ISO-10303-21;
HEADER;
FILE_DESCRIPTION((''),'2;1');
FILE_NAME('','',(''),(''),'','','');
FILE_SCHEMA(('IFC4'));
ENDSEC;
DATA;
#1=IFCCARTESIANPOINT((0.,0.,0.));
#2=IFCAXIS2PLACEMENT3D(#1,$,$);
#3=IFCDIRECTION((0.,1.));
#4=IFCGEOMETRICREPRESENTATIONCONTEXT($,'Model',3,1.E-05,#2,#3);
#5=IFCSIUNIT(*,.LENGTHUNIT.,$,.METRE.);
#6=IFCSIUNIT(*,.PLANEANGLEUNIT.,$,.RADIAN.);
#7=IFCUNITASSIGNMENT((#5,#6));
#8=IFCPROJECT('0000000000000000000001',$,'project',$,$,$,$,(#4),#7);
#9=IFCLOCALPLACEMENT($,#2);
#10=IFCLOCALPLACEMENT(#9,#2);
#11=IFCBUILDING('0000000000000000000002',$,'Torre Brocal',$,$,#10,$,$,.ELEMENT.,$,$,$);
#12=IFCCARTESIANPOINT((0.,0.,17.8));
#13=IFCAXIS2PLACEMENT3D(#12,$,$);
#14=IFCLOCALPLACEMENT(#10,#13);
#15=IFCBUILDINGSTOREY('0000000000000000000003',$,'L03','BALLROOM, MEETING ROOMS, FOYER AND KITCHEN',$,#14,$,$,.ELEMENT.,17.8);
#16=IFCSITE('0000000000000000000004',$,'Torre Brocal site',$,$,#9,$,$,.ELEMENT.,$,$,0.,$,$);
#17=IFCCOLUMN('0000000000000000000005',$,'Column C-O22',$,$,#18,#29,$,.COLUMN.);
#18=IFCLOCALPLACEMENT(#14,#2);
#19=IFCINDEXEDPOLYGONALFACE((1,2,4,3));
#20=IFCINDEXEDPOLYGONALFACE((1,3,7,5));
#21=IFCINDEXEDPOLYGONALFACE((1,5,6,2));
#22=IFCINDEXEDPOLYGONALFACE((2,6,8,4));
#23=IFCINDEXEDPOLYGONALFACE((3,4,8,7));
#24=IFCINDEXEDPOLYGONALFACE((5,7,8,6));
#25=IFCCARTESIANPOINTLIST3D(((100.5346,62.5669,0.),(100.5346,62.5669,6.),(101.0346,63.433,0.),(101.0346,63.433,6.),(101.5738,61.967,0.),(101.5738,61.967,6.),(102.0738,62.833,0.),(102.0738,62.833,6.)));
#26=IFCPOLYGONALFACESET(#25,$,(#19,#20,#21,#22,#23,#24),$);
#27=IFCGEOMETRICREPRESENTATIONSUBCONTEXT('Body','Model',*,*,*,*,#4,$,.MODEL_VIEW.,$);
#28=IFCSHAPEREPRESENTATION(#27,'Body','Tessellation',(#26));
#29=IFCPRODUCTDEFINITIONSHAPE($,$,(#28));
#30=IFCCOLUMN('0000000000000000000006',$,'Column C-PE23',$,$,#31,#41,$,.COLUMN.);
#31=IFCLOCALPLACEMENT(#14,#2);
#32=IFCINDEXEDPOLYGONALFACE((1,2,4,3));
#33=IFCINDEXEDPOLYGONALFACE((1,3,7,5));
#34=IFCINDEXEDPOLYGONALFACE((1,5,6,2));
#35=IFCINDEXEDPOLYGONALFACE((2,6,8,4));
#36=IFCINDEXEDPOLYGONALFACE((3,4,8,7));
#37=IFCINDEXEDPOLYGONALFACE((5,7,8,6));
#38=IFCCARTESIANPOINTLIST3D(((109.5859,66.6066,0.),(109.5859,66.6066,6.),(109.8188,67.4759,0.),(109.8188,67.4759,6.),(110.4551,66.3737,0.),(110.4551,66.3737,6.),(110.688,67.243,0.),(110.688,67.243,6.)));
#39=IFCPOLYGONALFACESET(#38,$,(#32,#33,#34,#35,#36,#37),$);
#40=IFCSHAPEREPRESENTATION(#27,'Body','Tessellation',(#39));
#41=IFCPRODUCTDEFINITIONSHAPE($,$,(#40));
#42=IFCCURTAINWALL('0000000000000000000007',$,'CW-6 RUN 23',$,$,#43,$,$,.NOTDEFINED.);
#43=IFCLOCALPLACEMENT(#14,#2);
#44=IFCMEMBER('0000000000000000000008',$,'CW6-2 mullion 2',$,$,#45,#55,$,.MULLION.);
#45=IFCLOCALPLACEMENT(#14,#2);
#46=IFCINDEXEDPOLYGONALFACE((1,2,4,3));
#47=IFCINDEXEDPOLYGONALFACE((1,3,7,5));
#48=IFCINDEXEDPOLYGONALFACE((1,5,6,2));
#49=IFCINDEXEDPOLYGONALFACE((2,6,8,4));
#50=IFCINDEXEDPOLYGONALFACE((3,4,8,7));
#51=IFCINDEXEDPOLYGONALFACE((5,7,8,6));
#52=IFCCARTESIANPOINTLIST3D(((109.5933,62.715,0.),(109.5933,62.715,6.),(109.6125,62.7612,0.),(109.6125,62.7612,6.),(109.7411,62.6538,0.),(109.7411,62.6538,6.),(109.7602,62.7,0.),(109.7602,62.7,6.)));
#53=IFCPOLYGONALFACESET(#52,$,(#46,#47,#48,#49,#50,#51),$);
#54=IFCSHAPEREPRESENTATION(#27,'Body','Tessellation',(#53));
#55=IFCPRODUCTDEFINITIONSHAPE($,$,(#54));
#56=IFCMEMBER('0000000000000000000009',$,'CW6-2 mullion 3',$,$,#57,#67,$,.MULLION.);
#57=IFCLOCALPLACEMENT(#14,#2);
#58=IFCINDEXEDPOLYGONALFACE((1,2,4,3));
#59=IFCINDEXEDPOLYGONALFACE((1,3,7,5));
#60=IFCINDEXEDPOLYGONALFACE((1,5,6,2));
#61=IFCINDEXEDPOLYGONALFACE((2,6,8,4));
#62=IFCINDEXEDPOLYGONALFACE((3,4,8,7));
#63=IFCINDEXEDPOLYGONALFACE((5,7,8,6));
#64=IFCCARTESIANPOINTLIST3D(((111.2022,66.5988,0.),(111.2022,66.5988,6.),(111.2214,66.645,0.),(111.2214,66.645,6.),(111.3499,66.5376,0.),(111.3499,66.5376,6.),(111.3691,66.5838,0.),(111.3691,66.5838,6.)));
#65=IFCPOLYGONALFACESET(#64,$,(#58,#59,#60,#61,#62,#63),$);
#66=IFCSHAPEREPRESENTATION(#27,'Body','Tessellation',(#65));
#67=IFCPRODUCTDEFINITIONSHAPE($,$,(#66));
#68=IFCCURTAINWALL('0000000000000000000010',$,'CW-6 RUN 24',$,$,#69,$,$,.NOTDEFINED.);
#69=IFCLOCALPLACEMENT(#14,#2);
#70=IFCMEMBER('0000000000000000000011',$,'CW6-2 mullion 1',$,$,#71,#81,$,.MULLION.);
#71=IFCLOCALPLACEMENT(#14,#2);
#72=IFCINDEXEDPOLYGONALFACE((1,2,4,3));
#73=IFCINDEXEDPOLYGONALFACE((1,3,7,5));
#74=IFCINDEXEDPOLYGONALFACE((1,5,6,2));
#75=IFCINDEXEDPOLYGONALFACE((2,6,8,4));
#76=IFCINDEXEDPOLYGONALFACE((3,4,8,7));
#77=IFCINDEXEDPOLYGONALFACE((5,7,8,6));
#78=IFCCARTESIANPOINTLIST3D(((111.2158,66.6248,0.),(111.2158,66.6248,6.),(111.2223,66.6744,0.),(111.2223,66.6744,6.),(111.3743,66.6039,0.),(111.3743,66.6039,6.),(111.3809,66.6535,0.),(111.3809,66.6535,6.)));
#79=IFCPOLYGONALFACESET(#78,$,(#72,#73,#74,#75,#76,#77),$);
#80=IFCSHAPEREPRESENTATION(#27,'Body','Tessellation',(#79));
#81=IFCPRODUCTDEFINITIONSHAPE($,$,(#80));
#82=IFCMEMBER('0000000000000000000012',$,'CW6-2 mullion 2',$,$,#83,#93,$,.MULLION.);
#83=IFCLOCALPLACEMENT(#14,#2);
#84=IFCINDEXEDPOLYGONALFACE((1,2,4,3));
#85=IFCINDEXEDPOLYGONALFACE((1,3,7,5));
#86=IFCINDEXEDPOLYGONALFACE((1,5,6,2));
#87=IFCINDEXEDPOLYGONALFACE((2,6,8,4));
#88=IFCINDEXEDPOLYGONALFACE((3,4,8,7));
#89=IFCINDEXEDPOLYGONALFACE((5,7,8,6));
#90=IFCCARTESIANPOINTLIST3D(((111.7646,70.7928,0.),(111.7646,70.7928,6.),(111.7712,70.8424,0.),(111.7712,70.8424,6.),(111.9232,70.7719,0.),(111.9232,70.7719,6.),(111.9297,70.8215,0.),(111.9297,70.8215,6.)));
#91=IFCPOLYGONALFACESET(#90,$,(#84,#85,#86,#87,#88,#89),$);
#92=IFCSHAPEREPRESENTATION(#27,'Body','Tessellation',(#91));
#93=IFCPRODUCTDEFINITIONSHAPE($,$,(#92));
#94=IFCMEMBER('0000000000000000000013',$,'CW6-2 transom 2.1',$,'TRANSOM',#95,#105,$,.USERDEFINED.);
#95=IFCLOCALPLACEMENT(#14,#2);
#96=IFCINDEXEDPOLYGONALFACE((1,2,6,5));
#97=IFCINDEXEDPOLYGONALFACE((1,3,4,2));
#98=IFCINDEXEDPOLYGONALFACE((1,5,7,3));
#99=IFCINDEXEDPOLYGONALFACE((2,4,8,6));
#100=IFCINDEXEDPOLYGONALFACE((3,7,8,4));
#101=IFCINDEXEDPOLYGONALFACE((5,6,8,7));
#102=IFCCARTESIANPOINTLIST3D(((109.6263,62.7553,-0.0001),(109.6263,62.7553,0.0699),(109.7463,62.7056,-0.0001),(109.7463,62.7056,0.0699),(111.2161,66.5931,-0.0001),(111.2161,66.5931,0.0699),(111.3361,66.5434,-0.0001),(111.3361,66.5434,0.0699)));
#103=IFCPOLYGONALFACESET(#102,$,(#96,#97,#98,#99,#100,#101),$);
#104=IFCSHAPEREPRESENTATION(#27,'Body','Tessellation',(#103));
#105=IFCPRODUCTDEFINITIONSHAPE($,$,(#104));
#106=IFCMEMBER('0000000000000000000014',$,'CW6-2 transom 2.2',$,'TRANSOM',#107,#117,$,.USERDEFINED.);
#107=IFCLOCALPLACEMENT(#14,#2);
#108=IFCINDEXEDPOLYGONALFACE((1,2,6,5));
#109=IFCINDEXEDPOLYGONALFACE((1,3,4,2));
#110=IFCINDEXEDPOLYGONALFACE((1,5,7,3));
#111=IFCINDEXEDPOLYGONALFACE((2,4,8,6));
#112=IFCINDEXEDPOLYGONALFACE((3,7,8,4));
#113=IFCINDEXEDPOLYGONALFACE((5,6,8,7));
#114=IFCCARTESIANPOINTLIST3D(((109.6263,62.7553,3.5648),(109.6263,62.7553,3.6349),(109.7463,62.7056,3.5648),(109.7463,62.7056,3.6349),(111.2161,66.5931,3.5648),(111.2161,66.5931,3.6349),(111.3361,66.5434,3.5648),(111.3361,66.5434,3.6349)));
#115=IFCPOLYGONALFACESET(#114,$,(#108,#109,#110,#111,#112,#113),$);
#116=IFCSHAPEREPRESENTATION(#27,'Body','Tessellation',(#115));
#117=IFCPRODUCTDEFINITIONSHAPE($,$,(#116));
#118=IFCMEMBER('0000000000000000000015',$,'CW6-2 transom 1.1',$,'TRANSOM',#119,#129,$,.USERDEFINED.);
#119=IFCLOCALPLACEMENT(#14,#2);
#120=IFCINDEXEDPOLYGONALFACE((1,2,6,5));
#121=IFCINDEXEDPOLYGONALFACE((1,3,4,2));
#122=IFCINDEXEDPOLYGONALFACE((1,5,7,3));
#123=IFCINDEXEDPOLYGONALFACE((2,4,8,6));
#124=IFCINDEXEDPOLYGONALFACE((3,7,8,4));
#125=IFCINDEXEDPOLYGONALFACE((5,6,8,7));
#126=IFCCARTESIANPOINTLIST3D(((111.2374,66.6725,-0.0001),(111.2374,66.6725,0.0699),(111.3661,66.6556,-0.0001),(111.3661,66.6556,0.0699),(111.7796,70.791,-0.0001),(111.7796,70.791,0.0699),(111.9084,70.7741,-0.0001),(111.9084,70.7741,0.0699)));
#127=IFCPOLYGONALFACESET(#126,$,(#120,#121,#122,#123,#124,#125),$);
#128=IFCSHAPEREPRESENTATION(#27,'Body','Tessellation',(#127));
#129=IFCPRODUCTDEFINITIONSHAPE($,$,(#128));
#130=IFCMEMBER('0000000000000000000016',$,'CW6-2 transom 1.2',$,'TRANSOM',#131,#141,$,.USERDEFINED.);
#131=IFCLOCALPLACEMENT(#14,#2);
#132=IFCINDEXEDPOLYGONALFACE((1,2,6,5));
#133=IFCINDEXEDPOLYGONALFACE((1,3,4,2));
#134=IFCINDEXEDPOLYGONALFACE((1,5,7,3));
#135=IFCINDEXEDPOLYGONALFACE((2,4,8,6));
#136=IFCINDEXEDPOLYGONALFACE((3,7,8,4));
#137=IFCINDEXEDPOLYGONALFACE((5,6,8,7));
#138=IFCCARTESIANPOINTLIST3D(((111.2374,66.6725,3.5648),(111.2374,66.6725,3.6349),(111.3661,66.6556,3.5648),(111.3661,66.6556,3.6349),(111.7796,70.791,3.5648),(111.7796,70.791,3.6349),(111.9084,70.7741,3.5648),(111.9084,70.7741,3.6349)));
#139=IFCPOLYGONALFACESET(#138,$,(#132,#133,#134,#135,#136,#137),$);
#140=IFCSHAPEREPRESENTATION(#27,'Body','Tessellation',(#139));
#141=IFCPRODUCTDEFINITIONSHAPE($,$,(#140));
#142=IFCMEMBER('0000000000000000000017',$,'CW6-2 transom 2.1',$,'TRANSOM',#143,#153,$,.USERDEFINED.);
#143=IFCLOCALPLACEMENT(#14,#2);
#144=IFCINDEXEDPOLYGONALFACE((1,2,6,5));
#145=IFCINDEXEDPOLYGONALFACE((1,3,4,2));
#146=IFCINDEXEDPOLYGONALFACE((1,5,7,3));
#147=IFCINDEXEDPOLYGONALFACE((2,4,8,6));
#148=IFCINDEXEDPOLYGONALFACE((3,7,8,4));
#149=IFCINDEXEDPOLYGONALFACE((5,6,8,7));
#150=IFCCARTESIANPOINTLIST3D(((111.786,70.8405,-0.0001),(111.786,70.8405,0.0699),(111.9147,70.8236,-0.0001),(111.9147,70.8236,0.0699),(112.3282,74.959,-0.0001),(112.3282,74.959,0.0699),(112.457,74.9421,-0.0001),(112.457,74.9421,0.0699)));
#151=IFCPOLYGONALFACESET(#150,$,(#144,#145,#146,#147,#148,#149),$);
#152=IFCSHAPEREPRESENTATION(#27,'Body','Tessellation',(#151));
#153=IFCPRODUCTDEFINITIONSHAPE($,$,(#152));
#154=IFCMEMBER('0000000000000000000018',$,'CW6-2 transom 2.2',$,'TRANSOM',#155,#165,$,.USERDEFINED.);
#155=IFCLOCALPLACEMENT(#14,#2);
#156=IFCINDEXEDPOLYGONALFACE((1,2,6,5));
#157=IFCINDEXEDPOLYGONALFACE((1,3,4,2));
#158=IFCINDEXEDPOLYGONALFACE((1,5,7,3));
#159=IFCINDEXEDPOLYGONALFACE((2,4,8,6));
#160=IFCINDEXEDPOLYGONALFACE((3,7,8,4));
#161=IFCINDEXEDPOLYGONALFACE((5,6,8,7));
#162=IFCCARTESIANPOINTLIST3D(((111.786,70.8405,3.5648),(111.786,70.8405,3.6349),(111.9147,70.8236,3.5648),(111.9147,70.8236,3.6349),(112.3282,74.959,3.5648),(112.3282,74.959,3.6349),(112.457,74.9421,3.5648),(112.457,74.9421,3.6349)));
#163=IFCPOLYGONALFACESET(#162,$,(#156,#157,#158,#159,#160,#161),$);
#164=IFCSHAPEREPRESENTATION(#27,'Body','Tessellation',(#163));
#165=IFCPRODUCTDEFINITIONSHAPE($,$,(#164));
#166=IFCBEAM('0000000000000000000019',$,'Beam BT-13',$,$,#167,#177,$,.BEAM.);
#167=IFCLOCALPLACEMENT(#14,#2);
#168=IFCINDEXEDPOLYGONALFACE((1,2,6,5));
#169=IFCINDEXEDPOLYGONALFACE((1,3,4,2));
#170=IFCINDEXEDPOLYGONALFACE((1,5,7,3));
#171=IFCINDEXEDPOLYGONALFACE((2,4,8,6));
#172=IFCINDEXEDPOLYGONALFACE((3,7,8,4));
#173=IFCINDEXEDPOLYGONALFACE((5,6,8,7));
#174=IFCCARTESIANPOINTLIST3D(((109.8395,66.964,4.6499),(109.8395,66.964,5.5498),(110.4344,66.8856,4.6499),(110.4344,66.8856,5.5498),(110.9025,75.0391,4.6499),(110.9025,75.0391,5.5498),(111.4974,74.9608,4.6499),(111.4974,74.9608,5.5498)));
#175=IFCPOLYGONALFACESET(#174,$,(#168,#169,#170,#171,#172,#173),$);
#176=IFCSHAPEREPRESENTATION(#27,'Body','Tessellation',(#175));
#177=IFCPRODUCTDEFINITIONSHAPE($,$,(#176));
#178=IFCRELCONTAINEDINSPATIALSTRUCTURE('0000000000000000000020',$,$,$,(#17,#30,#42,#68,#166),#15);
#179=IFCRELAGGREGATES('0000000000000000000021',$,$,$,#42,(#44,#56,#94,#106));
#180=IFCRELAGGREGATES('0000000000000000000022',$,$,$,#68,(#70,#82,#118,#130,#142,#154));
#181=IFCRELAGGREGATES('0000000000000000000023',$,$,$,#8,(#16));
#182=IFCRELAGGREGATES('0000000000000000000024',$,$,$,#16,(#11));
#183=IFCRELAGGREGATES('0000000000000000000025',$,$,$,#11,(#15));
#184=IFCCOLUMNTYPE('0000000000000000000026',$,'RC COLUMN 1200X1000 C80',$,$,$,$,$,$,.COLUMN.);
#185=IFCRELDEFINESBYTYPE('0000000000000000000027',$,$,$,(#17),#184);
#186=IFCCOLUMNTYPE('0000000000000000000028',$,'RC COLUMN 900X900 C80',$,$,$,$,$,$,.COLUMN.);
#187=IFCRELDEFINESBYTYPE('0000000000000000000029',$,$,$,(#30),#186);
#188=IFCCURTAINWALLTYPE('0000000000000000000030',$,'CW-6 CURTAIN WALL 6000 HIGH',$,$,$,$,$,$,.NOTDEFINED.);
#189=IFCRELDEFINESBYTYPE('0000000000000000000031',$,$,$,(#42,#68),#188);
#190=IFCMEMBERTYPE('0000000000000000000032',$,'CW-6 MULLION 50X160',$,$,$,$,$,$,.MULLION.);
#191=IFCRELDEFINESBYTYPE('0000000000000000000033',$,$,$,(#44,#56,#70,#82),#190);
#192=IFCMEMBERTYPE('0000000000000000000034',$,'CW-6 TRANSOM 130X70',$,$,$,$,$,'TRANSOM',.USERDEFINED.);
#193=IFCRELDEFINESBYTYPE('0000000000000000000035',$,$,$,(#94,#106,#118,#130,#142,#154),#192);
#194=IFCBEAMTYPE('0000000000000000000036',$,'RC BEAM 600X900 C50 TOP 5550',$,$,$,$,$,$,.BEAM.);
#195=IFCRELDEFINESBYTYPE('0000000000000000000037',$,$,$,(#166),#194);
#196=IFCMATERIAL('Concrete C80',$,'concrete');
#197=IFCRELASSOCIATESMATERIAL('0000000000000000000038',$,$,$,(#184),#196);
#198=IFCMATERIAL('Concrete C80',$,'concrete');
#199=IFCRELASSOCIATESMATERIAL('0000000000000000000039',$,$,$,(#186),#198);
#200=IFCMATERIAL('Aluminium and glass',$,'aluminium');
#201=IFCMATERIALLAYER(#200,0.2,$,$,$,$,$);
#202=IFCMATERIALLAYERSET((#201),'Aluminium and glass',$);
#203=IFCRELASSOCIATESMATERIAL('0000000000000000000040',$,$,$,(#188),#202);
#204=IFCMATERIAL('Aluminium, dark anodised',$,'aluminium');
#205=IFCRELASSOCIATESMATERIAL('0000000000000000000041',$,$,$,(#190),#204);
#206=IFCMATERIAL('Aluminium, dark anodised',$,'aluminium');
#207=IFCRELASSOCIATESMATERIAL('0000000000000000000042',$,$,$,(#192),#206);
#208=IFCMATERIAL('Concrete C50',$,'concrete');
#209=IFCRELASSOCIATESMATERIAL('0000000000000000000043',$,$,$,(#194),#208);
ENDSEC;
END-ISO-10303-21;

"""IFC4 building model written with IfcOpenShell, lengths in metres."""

from ifc_helpers import new_model, si_unit, direction, frame, origin, origin_2d, place, context, subcontext, project, spatial, rectangle, extrude, material, layer, layer_set, material_profile, profile_set, type_object, element, aggregate, save


model = new_model("IFC4")

# Units and contexts
model_context = context("Model", 3, precision=1e-05, world=origin(), true_north=direction((0.0, 1.0)))
body_context = subcontext(model_context, "Body", "Model", "MODEL_VIEW")
ifc_project = project(units=[si_unit("LENGTHUNIT", "METRE"), si_unit("PLANEANGLEUNIT", "RADIAN")], contexts=[model_context])

# Site, building, storey
site_placement = place(None, origin())
site = spatial("IfcSite", under=ifc_project, at=site_placement, Name="Torre Brocal site", CompositionType="ELEMENT", RefElevation=0.0)
building_placement = place(site_placement, origin())
building = spatial("IfcBuilding", under=site, at=building_placement, Name="Torre Brocal", CompositionType="ELEMENT")
storey_placement = place(building_placement, frame((0.0, 0.0, 17.8)))
storey = spatial("IfcBuildingStorey", under=building, at=storey_placement, Name="L03", Description="BALLROOM, MEETING ROOMS, FOYER AND KITCHEN", CompositionType="ELEMENT", Elevation=17.8)

# Columns
ifc_material_1 = material(Name="Concrete C80", Category="concrete")
ifc_material_profile_1 = material_profile(ifc_material_1, rectangle(XDim=1.2, YDim=1.0, at=origin_2d()), Name="RC 1200X1000")
ifc_profile_set_1 = profile_set([ifc_material_profile_1], Name="Concrete C80")
column_type_1 = type_object("IfcColumnType", Name="RC COLUMN 1200X1000 C80", PredefinedType="COLUMN", material=ifc_profile_set_1)
column_1_placement = place(storey_placement, frame((101.3042, 62.7, 0.0), z_axis=(0.0, 0.0, 1.0), x_axis=(0.866025, -0.5, 0.0)))
element("IfcColumn", 1, at=column_1_placement, inside=storey, type_object=column_type_1, Name="Column C-O22", PredefinedType="COLUMN", context=body_context, shape_type="SweptSolid", body=[
    extrude(rectangle(XDim=1.2, YDim=1.0, at=origin_2d()), origin(), (0.0, 0.0, 1.0), 6.0),
])
ifc_material_2 = material(Name="Concrete C80", Category="concrete")
ifc_material_profile_2 = material_profile(ifc_material_2, rectangle(XDim=0.8999, YDim=0.8999, at=origin_2d()), Name="RC 900X900")
ifc_profile_set_2 = profile_set([ifc_material_profile_2], Name="Concrete C80")
column_type_2 = type_object("IfcColumnType", Name="RC COLUMN 900X900 C80", PredefinedType="COLUMN", material=ifc_profile_set_2)
column_2_placement = place(storey_placement, frame((110.137, 66.9248, 0.0), z_axis=(0.0, 0.0, 1.0), x_axis=(0.965926, -0.258819, 0.0)))
element("IfcColumn", 2, at=column_2_placement, inside=storey, type_object=column_type_2, Name="Column C-PE23", PredefinedType="COLUMN", context=body_context, shape_type="SweptSolid", body=[
    extrude(rectangle(XDim=0.8999, YDim=0.8999, at=origin_2d()), origin(), (0.0, 0.0, 1.0), 6.0),
])

# Curtain walls, members
ifc_material_3 = material(Name="Aluminium and glass", Category="aluminium")
ifc_layer_1 = layer(ifc_material_3, 0.2)
ifc_layer_set_1 = layer_set([ifc_layer_1], Name="Aluminium and glass")
curtain_wall_type = type_object("IfcCurtainWallType", Name="CW-6 CURTAIN WALL 6000 HIGH", PredefinedType="NOTDEFINED", material=ifc_layer_set_1)
curtain_wall_1_placement = place(storey_placement, origin())
curtain_wall_1 = element("IfcCurtainWall", 3, at=curtain_wall_1_placement, inside=storey, type_object=curtain_wall_type, Name="CW-6 RUN 23", PredefinedType="NOTDEFINED")
ifc_material_4 = material(Name="Aluminium, dark anodised", Category="aluminium")
ifc_material_profile_3 = material_profile(ifc_material_4, rectangle(XDim=0.1599, YDim=0.05, at=origin_2d()), Name="CW-6 MULLION 50X160")
ifc_profile_set_3 = profile_set([ifc_material_profile_3], Name="Aluminium, dark anodised")
member_type_1 = type_object("IfcMemberType", Name="CW-6 MULLION 50X160", PredefinedType="MULLION", material=ifc_profile_set_3)
member_1_placement = place(storey_placement, frame((109.6768, 62.7075, 0.0), z_axis=(0.0, 0.0, 1.0), x_axis=(-0.92388, 0.382683, 0.0)))
member_1 = element("IfcMember", 4, at=member_1_placement, type_object=member_type_1, Name="CW6-2 mullion 2", PredefinedType="MULLION", context=body_context, shape_type="SweptSolid", body=[
    extrude(rectangle(XDim=0.1599, YDim=0.05, at=origin_2d()), origin(), (0.0, 0.0, 1.0), 6.0),
])
member_2_placement = place(storey_placement, frame((111.2856, 66.5913, 0.0), z_axis=(0.0, 0.0, 1.0), x_axis=(-0.92388, 0.382683, 0.0)))
member_2 = element("IfcMember", 5, at=member_2_placement, type_object=member_type_1, Name="CW6-2 mullion 3", PredefinedType="MULLION", context=body_context, shape_type="SweptSolid", body=[
    extrude(rectangle(XDim=0.1599, YDim=0.05, at=origin_2d()), origin(), (0.0, 0.0, 1.0), 6.0),
])
curtain_wall_2_placement = place(storey_placement, origin())
curtain_wall_2 = element("IfcCurtainWall", 6, at=curtain_wall_2_placement, inside=storey, type_object=curtain_wall_type, Name="CW-6 RUN 24", PredefinedType="NOTDEFINED")
member_3_placement = place(storey_placement, frame((111.2983, 66.6392, 0.0), z_axis=(0.0, 0.0, 1.0), x_axis=(-0.991445, 0.130526, 0.0)))
member_3 = element("IfcMember", 7, at=member_3_placement, type_object=member_type_1, Name="CW6-2 mullion 1", PredefinedType="MULLION", context=body_context, shape_type="SweptSolid", body=[
    extrude(rectangle(XDim=0.1599, YDim=0.05, at=origin_2d()), origin(), (0.0, 0.0, 1.0), 6.0),
])
member_4_placement = place(storey_placement, frame((111.8472, 70.8071, 0.0), z_axis=(0.0, 0.0, 1.0), x_axis=(-0.991445, 0.130526, 0.0)))
member_4 = element("IfcMember", 8, at=member_4_placement, type_object=member_type_1, Name="CW6-2 mullion 2", PredefinedType="MULLION", context=body_context, shape_type="SweptSolid", body=[
    extrude(rectangle(XDim=0.1599, YDim=0.05, at=origin_2d()), origin(), (0.0, 0.0, 1.0), 6.0),
])

# Members
ifc_material_5 = material(Name="Aluminium, dark anodised", Category="aluminium")
ifc_material_profile_4 = material_profile(ifc_material_5, rectangle(XDim=0.1299, YDim=0.0701, at=origin_2d()), Name="CW-6 TRANSOM 130X70")
ifc_profile_set_4 = profile_set([ifc_material_profile_4], Name="Aluminium, dark anodised")
member_type_2 = type_object("IfcMemberType", Name="CW-6 TRANSOM 130X70", ElementType="TRANSOM", PredefinedType="USERDEFINED", material=ifc_profile_set_4)
member_5_placement = place(storey_placement, frame((109.6863, 62.7305, 0.0349), z_axis=(0.382712, 0.923868, 0.0), x_axis=(-0.923868, 0.382712, 0.0)))
member_5 = element("IfcMember", 9, at=member_5_placement, type_object=member_type_2, Name="CW6-2 transom 2.1", ObjectType="TRANSOM", PredefinedType="USERDEFINED", context=body_context, shape_type="SweptSolid", body=[
    extrude(rectangle(XDim=0.1299, YDim=0.0701, at=origin_2d()), origin(), (0.0, 0.0, 1.0), 4.1541),
])
member_6_placement = place(storey_placement, frame((109.6863, 62.7305, 3.5999), z_axis=(0.382712, 0.923868, 0.0), x_axis=(-0.923868, 0.382712, 0.0)))
member_6 = element("IfcMember", 10, at=member_6_placement, type_object=member_type_2, Name="CW6-2 transom 2.2", ObjectType="TRANSOM", PredefinedType="USERDEFINED", context=body_context, shape_type="SweptSolid", body=[
    extrude(rectangle(XDim=0.1299, YDim=0.0701, at=origin_2d()), origin(), (0.0, 0.0, 1.0), 4.1541),
])
member_7_placement = place(storey_placement, frame((111.3018, 66.6641, 0.0349), z_axis=(0.130535, 0.991444, 0.0), x_axis=(-0.991444, 0.130535, 0.0)))
member_7 = element("IfcMember", 11, at=member_7_placement, type_object=member_type_2, Name="CW6-2 transom 1.1", ObjectType="TRANSOM", PredefinedType="USERDEFINED", context=body_context, shape_type="SweptSolid", body=[
    extrude(rectangle(XDim=0.1299, YDim=0.0701, at=origin_2d()), origin(), (0.0, 0.0, 1.0), 4.1541),
])
member_8_placement = place(storey_placement, frame((111.3018, 66.6641, 3.5999), z_axis=(0.130535, 0.991444, 0.0), x_axis=(-0.991444, 0.130535, 0.0)))
member_8 = element("IfcMember", 12, at=member_8_placement, type_object=member_type_2, Name="CW6-2 transom 1.2", ObjectType="TRANSOM", PredefinedType="USERDEFINED", context=body_context, shape_type="SweptSolid", body=[
    extrude(rectangle(XDim=0.1299, YDim=0.0701, at=origin_2d()), origin(), (0.0, 0.0, 1.0), 4.1541),
])
member_9_placement = place(storey_placement, frame((111.8503, 70.832, 0.0349), z_axis=(0.130535, 0.991444, 0.0), x_axis=(-0.991444, 0.130535, 0.0)))
member_9 = element("IfcMember", 13, at=member_9_placement, type_object=member_type_2, Name="CW6-2 transom 2.1", ObjectType="TRANSOM", PredefinedType="USERDEFINED", context=body_context, shape_type="SweptSolid", body=[
    extrude(rectangle(XDim=0.1299, YDim=0.0701, at=origin_2d()), origin(), (0.0, 0.0, 1.0), 4.1541),
])
member_10_placement = place(storey_placement, frame((111.8503, 70.832, 3.5999), z_axis=(0.130535, 0.991444, 0.0), x_axis=(-0.991444, 0.130535, 0.0)))
member_10 = element("IfcMember", 14, at=member_10_placement, type_object=member_type_2, Name="CW6-2 transom 2.2", ObjectType="TRANSOM", PredefinedType="USERDEFINED", context=body_context, shape_type="SweptSolid", body=[
    extrude(rectangle(XDim=0.1299, YDim=0.0701, at=origin_2d()), origin(), (0.0, 0.0, 1.0), 4.1541),
])

# Beam
ifc_material_6 = material(Name="Concrete C50", Category="concrete")
ifc_material_profile_5 = material_profile(ifc_material_6, rectangle(XDim=0.6001, YDim=0.8999, at=origin_2d()), Name="RC 600X900")
ifc_profile_set_5 = profile_set([ifc_material_profile_5], Name="Concrete C50")
beam_type_1 = type_object("IfcBeamType", Name="RC BEAM 600X900 C50 TOP 5550", PredefinedType="BEAM", material=ifc_profile_set_5)
beam_1_placement = place(storey_placement, frame((110.137, 66.9248, 5.0999), z_axis=(0.13051, 0.991447, 0.0), x_axis=(-0.991447, 0.13051, 0.0)))
element("IfcBeam", 15, at=beam_1_placement, inside=storey, type_object=beam_type_1, Name="Beam BT-13", PredefinedType="BEAM", context=body_context, shape_type="SweptSolid", body=[
    extrude(rectangle(XDim=0.6001, YDim=0.8999, at=origin_2d()), origin(), (0.0, 0.0, 1.0), 8.1448),
])

aggregate(curtain_wall_1, [member_1, member_2, member_5, member_6])
aggregate(curtain_wall_2, [member_3, member_4, member_7, member_8, member_9, member_10])

save(model, "model.ifc")
